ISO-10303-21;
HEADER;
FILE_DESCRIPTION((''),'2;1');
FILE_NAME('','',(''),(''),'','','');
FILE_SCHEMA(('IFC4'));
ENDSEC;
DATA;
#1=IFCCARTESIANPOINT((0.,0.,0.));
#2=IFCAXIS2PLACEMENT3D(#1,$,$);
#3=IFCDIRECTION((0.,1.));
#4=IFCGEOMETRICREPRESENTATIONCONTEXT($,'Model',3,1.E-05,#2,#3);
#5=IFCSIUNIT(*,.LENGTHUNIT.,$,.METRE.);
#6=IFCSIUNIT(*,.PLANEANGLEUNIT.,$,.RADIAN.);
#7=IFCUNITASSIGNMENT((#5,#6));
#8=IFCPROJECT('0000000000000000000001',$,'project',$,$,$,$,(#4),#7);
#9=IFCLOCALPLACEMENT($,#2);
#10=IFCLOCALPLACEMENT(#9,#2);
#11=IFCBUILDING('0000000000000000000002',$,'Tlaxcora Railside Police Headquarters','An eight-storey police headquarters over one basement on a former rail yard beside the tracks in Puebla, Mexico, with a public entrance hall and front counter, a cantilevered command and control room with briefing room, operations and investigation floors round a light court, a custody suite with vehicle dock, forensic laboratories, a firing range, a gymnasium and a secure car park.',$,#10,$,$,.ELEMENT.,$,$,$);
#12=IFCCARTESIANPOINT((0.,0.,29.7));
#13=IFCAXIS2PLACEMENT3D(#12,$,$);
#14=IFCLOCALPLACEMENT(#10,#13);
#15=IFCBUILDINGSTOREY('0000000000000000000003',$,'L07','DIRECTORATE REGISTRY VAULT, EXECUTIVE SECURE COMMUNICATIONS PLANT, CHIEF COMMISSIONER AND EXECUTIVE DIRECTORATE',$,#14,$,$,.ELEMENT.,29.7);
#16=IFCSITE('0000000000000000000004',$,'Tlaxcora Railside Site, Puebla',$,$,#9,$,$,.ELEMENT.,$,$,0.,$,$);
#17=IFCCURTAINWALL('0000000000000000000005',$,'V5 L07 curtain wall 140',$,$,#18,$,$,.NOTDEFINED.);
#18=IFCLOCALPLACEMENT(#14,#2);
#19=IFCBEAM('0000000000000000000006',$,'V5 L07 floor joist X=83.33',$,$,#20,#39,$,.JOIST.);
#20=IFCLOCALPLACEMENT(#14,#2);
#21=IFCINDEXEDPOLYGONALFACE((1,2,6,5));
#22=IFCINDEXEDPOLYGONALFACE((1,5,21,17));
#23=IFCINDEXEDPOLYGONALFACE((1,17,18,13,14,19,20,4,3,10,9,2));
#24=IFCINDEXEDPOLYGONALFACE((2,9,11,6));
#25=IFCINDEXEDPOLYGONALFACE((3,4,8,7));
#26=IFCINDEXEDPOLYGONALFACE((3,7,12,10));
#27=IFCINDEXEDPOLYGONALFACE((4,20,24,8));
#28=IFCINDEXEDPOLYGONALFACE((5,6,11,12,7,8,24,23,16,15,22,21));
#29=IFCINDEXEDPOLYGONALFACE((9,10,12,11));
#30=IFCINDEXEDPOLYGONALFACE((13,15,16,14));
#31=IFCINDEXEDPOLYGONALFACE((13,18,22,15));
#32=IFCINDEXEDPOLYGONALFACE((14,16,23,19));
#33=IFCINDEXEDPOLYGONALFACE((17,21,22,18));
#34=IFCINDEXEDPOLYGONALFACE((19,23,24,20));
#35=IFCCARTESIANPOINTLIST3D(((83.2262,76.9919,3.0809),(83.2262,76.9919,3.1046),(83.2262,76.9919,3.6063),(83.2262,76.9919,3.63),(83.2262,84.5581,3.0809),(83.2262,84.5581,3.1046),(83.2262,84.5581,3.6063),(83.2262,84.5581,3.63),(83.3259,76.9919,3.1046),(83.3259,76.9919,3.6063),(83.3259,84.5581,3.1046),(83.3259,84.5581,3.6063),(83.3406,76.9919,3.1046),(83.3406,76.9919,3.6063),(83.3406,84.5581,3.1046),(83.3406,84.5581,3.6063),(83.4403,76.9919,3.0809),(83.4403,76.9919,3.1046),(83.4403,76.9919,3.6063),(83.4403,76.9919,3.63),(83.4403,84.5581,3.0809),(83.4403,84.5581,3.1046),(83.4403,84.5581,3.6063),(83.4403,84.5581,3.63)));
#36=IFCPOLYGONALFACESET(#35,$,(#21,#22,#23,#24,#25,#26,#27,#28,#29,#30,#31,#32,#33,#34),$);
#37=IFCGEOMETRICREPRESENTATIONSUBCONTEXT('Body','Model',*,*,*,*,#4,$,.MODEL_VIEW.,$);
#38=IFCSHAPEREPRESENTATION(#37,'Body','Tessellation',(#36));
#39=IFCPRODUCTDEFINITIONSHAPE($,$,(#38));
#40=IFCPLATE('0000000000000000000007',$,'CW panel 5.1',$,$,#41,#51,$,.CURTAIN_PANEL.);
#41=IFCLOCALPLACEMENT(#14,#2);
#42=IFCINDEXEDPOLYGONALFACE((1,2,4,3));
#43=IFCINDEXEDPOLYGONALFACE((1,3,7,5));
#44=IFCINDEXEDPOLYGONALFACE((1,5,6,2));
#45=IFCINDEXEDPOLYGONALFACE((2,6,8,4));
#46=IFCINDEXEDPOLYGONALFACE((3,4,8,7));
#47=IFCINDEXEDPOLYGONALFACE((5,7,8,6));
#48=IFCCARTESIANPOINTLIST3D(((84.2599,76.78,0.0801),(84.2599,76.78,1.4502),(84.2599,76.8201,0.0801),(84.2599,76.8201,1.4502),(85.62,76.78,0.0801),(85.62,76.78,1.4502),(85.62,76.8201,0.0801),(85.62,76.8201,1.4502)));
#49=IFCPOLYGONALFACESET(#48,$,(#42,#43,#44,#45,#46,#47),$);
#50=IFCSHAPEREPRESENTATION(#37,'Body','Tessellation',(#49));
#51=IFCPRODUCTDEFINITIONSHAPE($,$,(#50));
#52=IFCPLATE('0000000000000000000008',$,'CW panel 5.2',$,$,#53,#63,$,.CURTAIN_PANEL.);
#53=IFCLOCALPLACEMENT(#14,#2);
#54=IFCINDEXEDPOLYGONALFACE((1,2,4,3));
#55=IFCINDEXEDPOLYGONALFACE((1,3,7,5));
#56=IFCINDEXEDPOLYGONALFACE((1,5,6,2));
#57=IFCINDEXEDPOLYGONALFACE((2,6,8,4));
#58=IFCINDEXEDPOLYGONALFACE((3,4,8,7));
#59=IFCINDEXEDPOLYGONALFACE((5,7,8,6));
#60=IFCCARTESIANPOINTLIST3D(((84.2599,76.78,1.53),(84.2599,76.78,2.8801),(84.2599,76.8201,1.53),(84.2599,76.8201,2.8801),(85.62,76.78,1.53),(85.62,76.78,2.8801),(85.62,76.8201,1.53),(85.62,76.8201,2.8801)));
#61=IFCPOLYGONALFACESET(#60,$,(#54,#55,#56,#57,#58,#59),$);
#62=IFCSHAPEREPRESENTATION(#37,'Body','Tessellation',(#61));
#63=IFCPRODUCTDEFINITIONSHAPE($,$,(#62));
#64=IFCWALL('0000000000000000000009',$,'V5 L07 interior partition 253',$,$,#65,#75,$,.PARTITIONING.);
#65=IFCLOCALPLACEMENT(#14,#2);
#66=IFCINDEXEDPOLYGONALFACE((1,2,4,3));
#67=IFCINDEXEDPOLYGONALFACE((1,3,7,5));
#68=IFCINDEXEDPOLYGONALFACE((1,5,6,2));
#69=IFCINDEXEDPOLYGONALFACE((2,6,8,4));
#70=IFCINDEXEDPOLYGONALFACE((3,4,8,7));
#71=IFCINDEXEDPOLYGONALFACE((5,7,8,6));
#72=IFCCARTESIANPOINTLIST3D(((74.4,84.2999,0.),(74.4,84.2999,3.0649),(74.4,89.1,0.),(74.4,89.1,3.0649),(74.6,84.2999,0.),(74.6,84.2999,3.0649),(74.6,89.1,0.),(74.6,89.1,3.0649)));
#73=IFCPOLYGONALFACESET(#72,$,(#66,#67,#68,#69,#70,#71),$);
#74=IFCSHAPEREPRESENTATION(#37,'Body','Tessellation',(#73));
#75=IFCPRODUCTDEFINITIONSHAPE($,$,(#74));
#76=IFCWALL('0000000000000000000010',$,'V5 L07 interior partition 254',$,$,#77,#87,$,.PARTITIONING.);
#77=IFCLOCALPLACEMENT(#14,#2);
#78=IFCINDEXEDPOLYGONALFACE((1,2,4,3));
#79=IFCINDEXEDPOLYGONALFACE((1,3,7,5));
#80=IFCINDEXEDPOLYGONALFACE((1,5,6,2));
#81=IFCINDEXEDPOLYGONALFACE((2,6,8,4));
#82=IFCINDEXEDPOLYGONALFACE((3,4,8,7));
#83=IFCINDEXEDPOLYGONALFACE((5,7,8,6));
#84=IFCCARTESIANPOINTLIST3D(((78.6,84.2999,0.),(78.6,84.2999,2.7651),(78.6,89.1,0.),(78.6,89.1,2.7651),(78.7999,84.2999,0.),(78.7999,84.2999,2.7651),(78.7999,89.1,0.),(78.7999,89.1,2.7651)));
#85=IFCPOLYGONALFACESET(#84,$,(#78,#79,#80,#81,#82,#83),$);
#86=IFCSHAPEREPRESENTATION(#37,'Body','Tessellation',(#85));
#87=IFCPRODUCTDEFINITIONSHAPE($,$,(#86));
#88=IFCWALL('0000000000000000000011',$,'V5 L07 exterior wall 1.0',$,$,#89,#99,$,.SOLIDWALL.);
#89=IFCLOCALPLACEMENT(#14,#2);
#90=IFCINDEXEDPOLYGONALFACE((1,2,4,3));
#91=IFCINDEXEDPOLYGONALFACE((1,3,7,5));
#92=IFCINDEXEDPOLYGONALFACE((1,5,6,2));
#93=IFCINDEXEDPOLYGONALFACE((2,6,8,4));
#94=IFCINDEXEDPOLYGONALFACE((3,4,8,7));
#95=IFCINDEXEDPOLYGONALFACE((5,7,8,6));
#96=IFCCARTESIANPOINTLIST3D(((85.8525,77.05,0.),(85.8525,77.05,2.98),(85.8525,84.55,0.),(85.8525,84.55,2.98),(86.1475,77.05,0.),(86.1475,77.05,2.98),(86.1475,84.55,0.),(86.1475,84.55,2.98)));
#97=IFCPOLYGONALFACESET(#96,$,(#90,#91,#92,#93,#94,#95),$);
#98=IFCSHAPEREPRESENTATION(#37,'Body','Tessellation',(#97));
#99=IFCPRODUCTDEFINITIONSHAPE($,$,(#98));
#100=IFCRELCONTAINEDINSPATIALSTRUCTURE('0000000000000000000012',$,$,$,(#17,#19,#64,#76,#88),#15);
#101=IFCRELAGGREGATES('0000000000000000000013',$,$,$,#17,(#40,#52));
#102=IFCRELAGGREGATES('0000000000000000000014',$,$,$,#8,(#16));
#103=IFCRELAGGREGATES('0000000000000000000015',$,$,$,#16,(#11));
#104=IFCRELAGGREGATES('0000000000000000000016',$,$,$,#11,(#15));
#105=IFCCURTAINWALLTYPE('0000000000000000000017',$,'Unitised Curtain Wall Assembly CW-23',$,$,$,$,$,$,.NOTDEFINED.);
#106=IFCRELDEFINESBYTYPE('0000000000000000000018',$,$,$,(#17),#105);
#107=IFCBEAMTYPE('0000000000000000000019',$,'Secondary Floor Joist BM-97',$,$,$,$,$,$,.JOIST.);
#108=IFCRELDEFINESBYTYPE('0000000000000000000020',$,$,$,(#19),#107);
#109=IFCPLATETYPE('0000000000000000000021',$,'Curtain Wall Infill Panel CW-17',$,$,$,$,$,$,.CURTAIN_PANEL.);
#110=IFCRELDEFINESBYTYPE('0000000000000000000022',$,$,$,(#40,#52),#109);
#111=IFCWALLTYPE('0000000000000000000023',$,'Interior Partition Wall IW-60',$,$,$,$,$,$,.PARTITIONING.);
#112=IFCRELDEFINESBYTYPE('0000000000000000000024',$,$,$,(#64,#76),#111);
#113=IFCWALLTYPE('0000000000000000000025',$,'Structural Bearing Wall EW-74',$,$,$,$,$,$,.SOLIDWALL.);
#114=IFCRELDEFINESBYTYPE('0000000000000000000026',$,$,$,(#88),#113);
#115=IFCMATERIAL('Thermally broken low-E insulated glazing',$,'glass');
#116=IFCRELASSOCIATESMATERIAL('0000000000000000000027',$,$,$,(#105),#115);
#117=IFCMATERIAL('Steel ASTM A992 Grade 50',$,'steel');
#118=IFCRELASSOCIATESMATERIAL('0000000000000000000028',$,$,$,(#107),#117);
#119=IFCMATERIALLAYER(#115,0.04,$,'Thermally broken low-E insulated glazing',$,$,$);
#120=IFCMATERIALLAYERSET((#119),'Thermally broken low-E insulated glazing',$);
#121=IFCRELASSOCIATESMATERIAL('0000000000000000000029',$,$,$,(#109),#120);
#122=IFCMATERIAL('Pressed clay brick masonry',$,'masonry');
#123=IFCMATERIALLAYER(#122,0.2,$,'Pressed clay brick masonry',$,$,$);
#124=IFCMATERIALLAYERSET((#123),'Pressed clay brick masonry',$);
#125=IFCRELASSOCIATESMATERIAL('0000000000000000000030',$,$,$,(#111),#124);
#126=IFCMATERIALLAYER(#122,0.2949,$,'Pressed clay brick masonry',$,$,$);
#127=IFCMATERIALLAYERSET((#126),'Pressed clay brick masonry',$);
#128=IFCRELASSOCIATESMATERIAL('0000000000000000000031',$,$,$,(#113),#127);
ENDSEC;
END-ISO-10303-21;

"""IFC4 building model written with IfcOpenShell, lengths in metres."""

from ifc_helpers import new_model, si_unit, direction, frame, frame_2d, origin, origin_2d, place, context, subcontext, project, spatial, rectangle, i_section, extrude, material, layer, layer_set, material_profile, profile_set, type_object, element, aggregate, save


model = new_model("IFC4")

# Units and contexts
model_context = context("Model", 3, precision=1e-05, world=origin(), true_north=direction((0.0, 1.0)))
body_context = subcontext(model_context, "Body", "Model", "MODEL_VIEW")
ifc_project = project(units=[si_unit("LENGTHUNIT", "METRE"), si_unit("PLANEANGLEUNIT", "RADIAN")], contexts=[model_context])

# Site, building, storey
site_placement = place(None, origin())
site = spatial("IfcSite", under=ifc_project, at=site_placement, Name="Tlaxcora Railside Site, Puebla", CompositionType="ELEMENT", RefElevation=0.0)
building_placement = place(site_placement, origin())
building = spatial("IfcBuilding", under=site, at=building_placement, Name="Tlaxcora Railside Police Headquarters", Description="An eight-storey police headquarters over one basement on a former rail yard beside the tracks in Puebla, Mexico, with a public entrance hall and front counter, a cantilevered command and control room with briefing room, operations and investigation floors round a light court, a custody suite with vehicle dock, forensic laboratories, a firing range, a gymnasium and a secure car park.", CompositionType="ELEMENT")
storey_placement = place(building_placement, frame((0.0, 0.0, 29.7)))
storey = spatial("IfcBuildingStorey", under=building, at=storey_placement, Name="L07", Description="DIRECTORATE REGISTRY VAULT, EXECUTIVE SECURE COMMUNICATIONS PLANT, CHIEF COMMISSIONER AND EXECUTIVE DIRECTORATE", CompositionType="ELEMENT", Elevation=29.7)

# Curtain wall
ifc_material_1 = material(Name="Thermally broken low-E insulated glazing", Category="glass")
curtain_wall_type = type_object("IfcCurtainWallType", Name="Unitised Curtain Wall Assembly CW-23", PredefinedType="NOTDEFINED", material=ifc_material_1)
curtain_wall_placement = place(storey_placement, origin())
curtain_wall = element("IfcCurtainWall", 1, at=curtain_wall_placement, inside=storey, type_object=curtain_wall_type, Name="V5 L07 curtain wall 140", PredefinedType="NOTDEFINED")

# Beam
ifc_material_2 = material(Name="Steel ASTM A992 Grade 50", Category="steel")
ifc_material_profile_1 = material_profile(ifc_material_2, i_section(OverallWidth=0.2141, OverallDepth=0.5491, WebThickness=0.0146, FlangeThickness=0.0237, at=origin_2d()), Name="W21X93")
ifc_profile_set_1 = profile_set([ifc_material_profile_1], Name="Steel ASTM A992 Grade 50")
beam_type_1 = type_object("IfcBeamType", Name="Secondary Floor Joist BM-97", PredefinedType="JOIST", material=ifc_profile_set_1)
beam_1_placement = place(storey_placement, frame((83.3333, 76.9919, 3.3555), z_axis=(0.0, 1.0, 0.0), x_axis=(-1.0, 0.0, 0.0)))
element("IfcBeam", 2, at=beam_1_placement, inside=storey, type_object=beam_type_1, Name="V5 L07 floor joist X=83.33", PredefinedType="JOIST", context=body_context, shape_type="SweptSolid", body=[
    extrude(i_section(OverallWidth=0.2141, OverallDepth=0.5491, WebThickness=0.0146, FlangeThickness=0.0237, at=origin_2d()), origin(), (0.0, 0.0, 1.0), 7.5662),
])

# Plates
ifc_layer_1 = layer(ifc_material_1, 0.04, Name="Thermally broken low-E insulated glazing")
ifc_layer_set_1 = layer_set([ifc_layer_1], Name="Thermally broken low-E insulated glazing")
plate_type = type_object("IfcPlateType", Name="Curtain Wall Infill Panel CW-17", PredefinedType="CURTAIN_PANEL", material=ifc_layer_set_1)
plate_1_placement = place(storey_placement, frame((84.9399, 76.8, 0.0801), z_axis=(0.0, 0.0, 1.0), x_axis=(1.0, 0.0, 0.0)))
plate_1 = element("IfcPlate", 3, at=plate_1_placement, type_object=plate_type, Name="CW panel 5.1", PredefinedType="CURTAIN_PANEL", context=body_context, shape_type="SweptSolid", body=[
    extrude(rectangle(XDim=1.3601, YDim=0.04, at=origin_2d()), origin(), (0.0, 0.0, 1.0), 1.3701),
])
plate_2_placement = place(storey_placement, frame((84.9399, 76.8, 1.53), z_axis=(0.0, 0.0, 1.0), x_axis=(1.0, 0.0, 0.0)))
plate_2 = element("IfcPlate", 4, at=plate_2_placement, type_object=plate_type, Name="CW panel 5.2", PredefinedType="CURTAIN_PANEL", context=body_context, shape_type="SweptSolid", body=[
    extrude(rectangle(XDim=1.3601, YDim=0.04, at=origin_2d()), origin(), (0.0, 0.0, 1.0), 1.3501),
])
aggregate(curtain_wall, [plate_1, plate_2])

# Shared definitions
ifc_material_3 = material(Name="Pressed clay brick masonry", Category="masonry")
ifc_layer_2 = layer(ifc_material_3, 0.2, Name="Pressed clay brick masonry")
ifc_layer_set_2 = layer_set([ifc_layer_2], Name="Pressed clay brick masonry")
wall_type_1 = type_object("IfcWallType", Name="Interior Partition Wall IW-60", PredefinedType="PARTITIONING", material=ifc_layer_set_2)

# Walls
wall_1_placement = place(storey_placement, frame((74.5, 84.3, 0.0), z_axis=(0.0, 0.0, 1.0), x_axis=(0.0, 1.0, 0.0)))
element("IfcWall", 5, at=wall_1_placement, inside=storey, type_object=wall_type_1, Name="V5 L07 interior partition 253", PredefinedType="PARTITIONING", context=body_context, shape_type="SweptSolid", body=[
    extrude(rectangle(XDim=4.8, YDim=0.2, at=frame_2d((2.3999, 0.0))), origin(), (0.0, 0.0, 1.0), 3.0649),
])
wall_2_placement = place(storey_placement, frame((78.7, 84.3, 0.0), z_axis=(0.0, 0.0, 1.0), x_axis=(0.0, 1.0, 0.0)))
element("IfcWall", 6, at=wall_2_placement, inside=storey, type_object=wall_type_1, Name="V5 L07 interior partition 254", PredefinedType="PARTITIONING", context=body_context, shape_type="SweptSolid", body=[
    extrude(rectangle(XDim=4.8, YDim=0.2, at=frame_2d((2.3999, 0.0))), origin(), (0.0, 0.0, 1.0), 2.7651),
])
ifc_layer_3 = layer(ifc_material_3, 0.2949, Name="Pressed clay brick masonry")
ifc_layer_set_3 = layer_set([ifc_layer_3], Name="Pressed clay brick masonry")
wall_type_2 = type_object("IfcWallType", Name="Structural Bearing Wall EW-74", PredefinedType="SOLIDWALL", material=ifc_layer_set_3)
wall_3_placement = place(storey_placement, frame((86.0, 77.05, 0.0), z_axis=(0.0, 0.0, 1.0), x_axis=(0.0, 1.0, 0.0)))
element("IfcWall", 7, at=wall_3_placement, inside=storey, type_object=wall_type_2, Name="V5 L07 exterior wall 1.0", PredefinedType="SOLIDWALL", context=body_context, shape_type="SweptSolid", body=[
    extrude(rectangle(XDim=7.5, YDim=0.2949, at=frame_2d((3.75, 0.0))), origin(), (0.0, 0.0, 1.0), 2.98),
])

save(model, "model.ifc")
